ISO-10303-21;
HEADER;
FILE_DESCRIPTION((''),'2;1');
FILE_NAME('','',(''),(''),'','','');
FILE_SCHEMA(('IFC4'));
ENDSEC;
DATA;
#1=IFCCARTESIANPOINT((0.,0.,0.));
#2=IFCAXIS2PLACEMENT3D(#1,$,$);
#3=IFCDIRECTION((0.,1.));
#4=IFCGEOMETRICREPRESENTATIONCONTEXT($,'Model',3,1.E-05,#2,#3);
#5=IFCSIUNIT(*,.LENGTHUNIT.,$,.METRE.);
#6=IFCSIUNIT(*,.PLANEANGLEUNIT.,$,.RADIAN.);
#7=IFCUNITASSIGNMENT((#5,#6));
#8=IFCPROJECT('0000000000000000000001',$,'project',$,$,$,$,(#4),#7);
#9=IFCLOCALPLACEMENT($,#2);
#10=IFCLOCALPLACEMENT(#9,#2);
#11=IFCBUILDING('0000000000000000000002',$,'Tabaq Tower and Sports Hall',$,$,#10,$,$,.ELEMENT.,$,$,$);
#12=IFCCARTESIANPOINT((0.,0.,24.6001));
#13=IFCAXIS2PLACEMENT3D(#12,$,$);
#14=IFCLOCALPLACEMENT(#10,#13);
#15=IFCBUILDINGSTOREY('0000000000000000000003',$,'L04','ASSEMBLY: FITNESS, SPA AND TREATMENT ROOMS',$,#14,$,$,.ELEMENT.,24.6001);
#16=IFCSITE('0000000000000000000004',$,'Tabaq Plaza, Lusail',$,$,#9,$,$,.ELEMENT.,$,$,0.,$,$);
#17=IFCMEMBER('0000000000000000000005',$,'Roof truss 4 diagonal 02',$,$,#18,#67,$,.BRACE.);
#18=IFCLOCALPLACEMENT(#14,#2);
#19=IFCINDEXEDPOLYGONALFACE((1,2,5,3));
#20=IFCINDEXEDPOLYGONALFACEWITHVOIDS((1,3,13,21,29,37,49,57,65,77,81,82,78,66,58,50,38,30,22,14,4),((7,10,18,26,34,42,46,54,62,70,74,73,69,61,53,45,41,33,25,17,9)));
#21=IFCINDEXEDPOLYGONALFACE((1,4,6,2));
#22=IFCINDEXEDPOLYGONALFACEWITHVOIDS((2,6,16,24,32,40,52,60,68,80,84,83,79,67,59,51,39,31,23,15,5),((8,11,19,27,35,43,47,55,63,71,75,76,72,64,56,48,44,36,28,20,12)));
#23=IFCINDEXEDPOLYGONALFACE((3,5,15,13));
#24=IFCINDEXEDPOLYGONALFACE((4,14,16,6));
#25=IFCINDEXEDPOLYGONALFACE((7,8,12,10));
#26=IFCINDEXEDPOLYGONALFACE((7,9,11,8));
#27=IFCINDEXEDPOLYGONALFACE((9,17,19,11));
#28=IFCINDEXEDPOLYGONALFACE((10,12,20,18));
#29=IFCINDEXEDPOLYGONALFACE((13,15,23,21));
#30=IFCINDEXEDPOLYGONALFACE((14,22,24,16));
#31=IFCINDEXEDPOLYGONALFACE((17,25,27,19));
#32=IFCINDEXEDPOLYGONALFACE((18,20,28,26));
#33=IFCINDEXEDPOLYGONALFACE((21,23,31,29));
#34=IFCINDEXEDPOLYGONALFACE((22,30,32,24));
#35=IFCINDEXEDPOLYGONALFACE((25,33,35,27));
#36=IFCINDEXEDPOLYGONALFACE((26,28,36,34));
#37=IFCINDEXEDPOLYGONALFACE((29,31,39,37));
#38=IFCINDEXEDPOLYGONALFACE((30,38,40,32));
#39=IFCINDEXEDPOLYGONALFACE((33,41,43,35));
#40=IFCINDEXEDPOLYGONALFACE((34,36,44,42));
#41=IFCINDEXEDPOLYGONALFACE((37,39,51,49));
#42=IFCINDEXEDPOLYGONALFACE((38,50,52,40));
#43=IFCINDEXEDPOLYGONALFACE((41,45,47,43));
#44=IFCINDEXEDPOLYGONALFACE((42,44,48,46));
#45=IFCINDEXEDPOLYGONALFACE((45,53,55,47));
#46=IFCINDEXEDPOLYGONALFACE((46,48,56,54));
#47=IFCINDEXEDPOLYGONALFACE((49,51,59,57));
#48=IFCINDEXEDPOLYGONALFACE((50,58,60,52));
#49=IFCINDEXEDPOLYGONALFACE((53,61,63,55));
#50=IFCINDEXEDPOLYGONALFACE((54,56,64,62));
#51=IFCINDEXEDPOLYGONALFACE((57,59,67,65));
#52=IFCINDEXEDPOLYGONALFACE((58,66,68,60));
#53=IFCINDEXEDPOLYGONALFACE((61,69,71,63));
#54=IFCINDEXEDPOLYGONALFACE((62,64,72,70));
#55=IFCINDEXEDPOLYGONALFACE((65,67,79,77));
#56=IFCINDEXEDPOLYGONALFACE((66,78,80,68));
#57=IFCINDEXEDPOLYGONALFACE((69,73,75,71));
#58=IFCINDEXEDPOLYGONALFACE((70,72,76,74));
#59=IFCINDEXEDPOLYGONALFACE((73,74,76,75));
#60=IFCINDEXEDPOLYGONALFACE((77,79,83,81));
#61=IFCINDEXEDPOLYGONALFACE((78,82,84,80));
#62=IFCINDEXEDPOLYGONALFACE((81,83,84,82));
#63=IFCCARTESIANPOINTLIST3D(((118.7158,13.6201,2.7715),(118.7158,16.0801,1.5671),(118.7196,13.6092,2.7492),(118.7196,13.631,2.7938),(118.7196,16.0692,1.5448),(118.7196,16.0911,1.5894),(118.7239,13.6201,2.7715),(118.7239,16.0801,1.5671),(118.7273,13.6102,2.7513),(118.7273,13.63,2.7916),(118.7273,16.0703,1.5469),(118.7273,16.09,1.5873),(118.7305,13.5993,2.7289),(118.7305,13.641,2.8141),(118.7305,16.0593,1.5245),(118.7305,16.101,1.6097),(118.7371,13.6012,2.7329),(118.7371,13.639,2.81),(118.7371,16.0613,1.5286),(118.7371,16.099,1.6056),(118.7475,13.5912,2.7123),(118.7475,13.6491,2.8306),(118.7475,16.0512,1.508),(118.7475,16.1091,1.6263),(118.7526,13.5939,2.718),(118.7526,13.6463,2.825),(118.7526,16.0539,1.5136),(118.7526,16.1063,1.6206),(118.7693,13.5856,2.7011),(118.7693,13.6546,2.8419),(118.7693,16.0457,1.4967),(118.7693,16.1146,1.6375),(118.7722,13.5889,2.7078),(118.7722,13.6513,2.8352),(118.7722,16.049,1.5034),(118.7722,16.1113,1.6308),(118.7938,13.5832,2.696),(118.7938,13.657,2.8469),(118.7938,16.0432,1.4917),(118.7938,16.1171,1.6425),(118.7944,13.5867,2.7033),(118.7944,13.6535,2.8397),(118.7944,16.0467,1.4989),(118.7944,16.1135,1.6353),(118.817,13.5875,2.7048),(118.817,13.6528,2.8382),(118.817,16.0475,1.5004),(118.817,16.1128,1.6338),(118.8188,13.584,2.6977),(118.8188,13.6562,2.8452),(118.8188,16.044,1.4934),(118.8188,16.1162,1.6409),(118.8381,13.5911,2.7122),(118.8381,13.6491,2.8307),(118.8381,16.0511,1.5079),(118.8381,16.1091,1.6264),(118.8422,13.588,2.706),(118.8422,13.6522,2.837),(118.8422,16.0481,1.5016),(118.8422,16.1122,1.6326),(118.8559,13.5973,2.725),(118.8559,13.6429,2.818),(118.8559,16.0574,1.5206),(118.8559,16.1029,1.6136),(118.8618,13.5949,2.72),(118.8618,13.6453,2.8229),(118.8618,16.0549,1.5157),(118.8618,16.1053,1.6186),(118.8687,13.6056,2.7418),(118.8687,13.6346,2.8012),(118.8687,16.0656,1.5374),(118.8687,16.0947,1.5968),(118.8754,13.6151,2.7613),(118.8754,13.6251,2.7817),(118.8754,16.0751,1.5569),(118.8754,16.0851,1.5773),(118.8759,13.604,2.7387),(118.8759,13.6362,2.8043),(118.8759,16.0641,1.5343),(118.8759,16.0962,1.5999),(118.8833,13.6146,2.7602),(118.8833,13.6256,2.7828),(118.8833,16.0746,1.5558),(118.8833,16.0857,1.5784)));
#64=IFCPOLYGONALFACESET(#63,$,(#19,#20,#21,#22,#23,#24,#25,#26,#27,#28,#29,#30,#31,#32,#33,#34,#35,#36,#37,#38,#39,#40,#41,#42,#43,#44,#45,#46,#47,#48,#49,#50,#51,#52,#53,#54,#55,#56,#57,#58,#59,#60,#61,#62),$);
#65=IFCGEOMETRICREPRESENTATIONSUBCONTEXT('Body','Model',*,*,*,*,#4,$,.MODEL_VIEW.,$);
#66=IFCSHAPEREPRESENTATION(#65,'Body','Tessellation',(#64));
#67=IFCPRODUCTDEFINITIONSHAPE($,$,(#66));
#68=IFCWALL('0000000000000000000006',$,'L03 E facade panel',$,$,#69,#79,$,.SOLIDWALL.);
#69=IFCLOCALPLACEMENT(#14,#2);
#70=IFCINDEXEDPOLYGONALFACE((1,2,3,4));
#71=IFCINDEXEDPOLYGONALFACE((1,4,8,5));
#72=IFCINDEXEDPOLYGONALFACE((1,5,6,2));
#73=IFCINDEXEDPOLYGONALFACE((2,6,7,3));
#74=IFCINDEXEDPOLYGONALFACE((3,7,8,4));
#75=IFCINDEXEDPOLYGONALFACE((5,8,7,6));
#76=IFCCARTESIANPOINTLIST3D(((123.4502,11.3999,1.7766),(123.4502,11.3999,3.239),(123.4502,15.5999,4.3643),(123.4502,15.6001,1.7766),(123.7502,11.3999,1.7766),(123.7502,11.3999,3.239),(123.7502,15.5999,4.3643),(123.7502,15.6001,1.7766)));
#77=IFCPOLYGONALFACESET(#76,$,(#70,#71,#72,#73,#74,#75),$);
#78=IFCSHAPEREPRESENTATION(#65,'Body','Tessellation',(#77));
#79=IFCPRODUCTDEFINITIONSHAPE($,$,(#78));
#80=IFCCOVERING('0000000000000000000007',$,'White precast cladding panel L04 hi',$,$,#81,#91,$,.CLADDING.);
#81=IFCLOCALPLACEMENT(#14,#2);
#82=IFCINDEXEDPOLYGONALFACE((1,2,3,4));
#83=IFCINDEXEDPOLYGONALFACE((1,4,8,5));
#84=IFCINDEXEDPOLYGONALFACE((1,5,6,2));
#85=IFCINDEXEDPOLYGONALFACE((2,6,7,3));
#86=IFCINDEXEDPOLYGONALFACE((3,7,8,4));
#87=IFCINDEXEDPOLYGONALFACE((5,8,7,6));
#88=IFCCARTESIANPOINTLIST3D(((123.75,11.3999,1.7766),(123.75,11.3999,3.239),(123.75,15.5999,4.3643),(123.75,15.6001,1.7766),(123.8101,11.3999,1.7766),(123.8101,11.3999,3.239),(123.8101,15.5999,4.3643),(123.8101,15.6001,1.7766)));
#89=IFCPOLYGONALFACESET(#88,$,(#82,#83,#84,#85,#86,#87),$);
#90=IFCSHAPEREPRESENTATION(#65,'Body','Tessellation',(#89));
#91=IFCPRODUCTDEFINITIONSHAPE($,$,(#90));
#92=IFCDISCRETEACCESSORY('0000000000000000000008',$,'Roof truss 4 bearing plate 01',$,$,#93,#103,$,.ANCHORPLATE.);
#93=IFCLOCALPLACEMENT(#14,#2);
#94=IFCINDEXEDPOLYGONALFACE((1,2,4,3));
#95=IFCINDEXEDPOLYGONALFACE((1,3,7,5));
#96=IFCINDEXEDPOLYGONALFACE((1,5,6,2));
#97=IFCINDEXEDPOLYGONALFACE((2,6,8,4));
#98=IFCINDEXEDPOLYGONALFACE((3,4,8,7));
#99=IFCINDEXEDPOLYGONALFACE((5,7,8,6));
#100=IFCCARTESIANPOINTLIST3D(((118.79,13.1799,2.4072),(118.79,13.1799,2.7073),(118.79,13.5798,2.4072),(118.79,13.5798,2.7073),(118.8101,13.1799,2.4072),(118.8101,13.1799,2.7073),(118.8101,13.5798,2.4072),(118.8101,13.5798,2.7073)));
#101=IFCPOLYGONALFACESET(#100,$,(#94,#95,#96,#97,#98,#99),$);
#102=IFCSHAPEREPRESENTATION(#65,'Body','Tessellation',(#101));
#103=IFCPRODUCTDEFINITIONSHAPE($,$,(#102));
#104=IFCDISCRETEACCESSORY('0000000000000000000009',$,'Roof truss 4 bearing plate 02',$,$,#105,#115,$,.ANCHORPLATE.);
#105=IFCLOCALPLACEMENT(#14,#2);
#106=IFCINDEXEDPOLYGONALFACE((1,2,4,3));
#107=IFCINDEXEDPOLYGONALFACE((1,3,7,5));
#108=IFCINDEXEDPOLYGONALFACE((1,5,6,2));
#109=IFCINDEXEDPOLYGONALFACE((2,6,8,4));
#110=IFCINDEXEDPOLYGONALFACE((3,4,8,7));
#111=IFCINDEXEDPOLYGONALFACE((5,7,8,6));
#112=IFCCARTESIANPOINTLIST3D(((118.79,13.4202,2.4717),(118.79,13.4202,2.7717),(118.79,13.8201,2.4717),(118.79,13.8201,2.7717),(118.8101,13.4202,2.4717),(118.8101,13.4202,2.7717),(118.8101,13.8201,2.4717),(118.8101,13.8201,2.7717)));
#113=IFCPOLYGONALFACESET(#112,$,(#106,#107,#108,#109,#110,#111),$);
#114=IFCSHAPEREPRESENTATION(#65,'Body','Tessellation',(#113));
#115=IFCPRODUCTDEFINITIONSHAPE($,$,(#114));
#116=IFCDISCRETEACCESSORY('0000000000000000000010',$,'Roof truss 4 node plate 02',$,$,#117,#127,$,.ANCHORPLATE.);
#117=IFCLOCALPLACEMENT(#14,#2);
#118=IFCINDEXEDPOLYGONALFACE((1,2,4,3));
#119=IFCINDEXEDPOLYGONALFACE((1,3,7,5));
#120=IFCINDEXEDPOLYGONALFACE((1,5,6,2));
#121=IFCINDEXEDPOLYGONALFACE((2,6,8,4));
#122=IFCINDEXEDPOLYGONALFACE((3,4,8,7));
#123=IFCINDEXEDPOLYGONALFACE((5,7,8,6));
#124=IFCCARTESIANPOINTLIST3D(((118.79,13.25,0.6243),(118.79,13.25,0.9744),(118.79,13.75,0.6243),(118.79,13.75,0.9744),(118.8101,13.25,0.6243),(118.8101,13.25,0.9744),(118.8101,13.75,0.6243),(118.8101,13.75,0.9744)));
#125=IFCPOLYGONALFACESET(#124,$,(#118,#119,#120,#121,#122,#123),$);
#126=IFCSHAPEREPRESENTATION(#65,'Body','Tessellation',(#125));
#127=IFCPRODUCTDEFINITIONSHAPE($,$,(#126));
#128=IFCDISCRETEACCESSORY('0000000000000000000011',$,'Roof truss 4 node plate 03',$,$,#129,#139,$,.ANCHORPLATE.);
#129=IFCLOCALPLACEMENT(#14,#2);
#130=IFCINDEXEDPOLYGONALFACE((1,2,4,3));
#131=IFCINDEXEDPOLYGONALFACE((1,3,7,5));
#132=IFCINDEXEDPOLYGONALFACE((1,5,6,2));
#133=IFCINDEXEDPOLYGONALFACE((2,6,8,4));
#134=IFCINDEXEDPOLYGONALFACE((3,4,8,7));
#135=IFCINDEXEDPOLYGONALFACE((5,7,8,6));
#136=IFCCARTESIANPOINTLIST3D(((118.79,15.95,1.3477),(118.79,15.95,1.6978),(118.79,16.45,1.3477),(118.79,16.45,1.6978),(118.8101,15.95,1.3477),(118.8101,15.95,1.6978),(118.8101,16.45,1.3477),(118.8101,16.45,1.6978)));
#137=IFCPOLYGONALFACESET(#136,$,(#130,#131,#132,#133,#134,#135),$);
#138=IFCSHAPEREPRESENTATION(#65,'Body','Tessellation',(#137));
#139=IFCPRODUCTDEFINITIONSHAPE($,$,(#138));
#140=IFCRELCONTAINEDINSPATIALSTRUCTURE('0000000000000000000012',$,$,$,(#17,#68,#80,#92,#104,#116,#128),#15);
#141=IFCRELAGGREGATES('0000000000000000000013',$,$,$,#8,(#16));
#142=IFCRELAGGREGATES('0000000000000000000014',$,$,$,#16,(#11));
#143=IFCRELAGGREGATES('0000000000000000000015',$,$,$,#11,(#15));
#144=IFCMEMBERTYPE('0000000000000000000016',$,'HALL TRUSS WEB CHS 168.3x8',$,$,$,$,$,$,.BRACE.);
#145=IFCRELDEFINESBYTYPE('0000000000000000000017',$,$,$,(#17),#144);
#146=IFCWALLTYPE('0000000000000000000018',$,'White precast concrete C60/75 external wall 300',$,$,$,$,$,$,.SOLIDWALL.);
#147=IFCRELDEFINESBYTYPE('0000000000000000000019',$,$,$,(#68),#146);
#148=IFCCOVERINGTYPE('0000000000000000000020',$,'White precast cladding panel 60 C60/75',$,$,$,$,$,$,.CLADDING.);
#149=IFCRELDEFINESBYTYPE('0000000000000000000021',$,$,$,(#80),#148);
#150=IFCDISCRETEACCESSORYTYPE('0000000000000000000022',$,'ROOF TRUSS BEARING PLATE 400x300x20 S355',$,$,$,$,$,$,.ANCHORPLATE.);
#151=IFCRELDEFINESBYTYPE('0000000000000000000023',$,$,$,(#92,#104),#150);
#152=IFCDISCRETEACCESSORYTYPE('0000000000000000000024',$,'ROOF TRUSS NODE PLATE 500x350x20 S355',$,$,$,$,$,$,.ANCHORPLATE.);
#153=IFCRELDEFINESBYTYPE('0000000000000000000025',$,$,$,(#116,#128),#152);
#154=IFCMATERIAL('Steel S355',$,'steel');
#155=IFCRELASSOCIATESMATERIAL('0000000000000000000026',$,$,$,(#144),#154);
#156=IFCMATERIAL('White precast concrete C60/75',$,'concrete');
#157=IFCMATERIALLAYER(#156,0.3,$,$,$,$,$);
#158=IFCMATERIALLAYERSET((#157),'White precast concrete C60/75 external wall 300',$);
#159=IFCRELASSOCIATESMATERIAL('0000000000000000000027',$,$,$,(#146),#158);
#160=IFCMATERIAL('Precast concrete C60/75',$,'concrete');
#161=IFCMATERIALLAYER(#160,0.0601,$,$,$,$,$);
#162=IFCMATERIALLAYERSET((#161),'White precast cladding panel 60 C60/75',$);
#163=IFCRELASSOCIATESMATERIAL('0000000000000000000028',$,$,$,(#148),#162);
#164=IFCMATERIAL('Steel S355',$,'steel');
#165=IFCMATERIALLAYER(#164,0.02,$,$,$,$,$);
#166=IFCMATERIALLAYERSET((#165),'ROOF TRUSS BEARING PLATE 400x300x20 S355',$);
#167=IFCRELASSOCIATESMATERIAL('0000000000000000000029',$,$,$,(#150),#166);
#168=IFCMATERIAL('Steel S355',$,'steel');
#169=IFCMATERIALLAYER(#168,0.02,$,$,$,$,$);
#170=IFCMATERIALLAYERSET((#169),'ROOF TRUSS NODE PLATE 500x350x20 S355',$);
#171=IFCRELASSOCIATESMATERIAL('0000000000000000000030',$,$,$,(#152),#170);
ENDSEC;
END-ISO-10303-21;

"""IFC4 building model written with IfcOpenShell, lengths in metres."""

from ifc_helpers import new_model, si_unit, direction, frame, origin, origin_2d, place, context, subcontext, project, spatial, polyline, rectangle, hollow_circle, outline, extrude, material, layer, layer_set, material_profile, profile_set, type_object, element, save


model = new_model("IFC4")

# Units and contexts
model_context = context("Model", 3, precision=1e-05, world=origin(), true_north=direction((0.0, 1.0)))
body_context = subcontext(model_context, "Body", "Model", "MODEL_VIEW")
ifc_project = project(units=[si_unit("LENGTHUNIT", "METRE"), si_unit("PLANEANGLEUNIT", "RADIAN")], contexts=[model_context])

# Site, building, storey
site_placement = place(None, origin())
site = spatial("IfcSite", under=ifc_project, at=site_placement, Name="Tabaq Plaza, Lusail", CompositionType="ELEMENT", RefElevation=0.0)
building_placement = place(site_placement, origin())
building = spatial("IfcBuilding", under=site, at=building_placement, Name="Tabaq Tower and Sports Hall", CompositionType="ELEMENT")
storey_placement = place(building_placement, frame((0.0, 0.0, 24.6001)))
storey = spatial("IfcBuildingStorey", under=building, at=storey_placement, Name="L04", Description="ASSEMBLY: FITNESS, SPA AND TREATMENT ROOMS", CompositionType="ELEMENT", Elevation=24.6001)

# Member
ifc_material_1 = material(Name="Steel S355", Category="steel")
ifc_material_profile_1 = material_profile(ifc_material_1, hollow_circle(Radius=0.0842, WallThickness=0.0081, at=origin_2d()), Name="CHS 168.3x8")
ifc_profile_set_1 = profile_set([ifc_material_profile_1], Name="Steel S355")
member_type_1 = type_object("IfcMemberType", Name="HALL TRUSS WEB CHS 168.3x8", PredefinedType="BRACE", material=ifc_profile_set_1)
member_1_placement = place(storey_placement, frame((118.8, 13.6201, 2.7715), z_axis=(0.0, 0.89814, -0.43971), x_axis=(-1.0, 0.0, 0.0)))
element("IfcMember", 1, at=member_1_placement, inside=storey, type_object=member_type_1, Name="Roof truss 4 diagonal 02", PredefinedType="BRACE", context=body_context, shape_type="SweptSolid", body=[
    extrude(hollow_circle(Radius=0.0842, WallThickness=0.0081, at=origin_2d()), origin(), (0.0, 0.0, 1.0), 2.739),
])

# Wall
ifc_material_2 = material(Name="White precast concrete C60/75", Category="concrete")
ifc_layer_1 = layer(ifc_material_2, 0.3)
ifc_layer_set_1 = layer_set([ifc_layer_1], Name="White precast concrete C60/75 external wall 300")
wall_type = type_object("IfcWallType", Name="White precast concrete C60/75 external wall 300", PredefinedType="SOLIDWALL", material=ifc_layer_set_1)
wall_placement = place(storey_placement, frame((123.6001, 11.3999, 1.7766), z_axis=(0.0, 0.0, 1.0), x_axis=(0.0, 1.0, 0.0)))
element("IfcWall", 2, at=wall_placement, inside=storey, type_object=wall_type, Name="L03 E facade panel", PredefinedType="SOLIDWALL", context=body_context, shape_type="SweptSolid", body=[
    extrude(outline(polyline([(0.0, 0.0), (4.2002, 0.0), (4.2, 2.5876), (0.0, 1.4624), (0.0, 0.0)])), frame((0.0, 0.1499, 0.0), z_axis=(0.0, -1.0, 0.0), x_axis=(1.0, 0.0, 0.0)), (0.0, 0.0, 1.0), 0.3),
])

# Covering
ifc_material_3 = material(Name="Precast concrete C60/75", Category="concrete")
ifc_layer_2 = layer(ifc_material_3, 0.0601)
ifc_layer_set_2 = layer_set([ifc_layer_2], Name="White precast cladding panel 60 C60/75")
covering_type = type_object("IfcCoveringType", Name="White precast cladding panel 60 C60/75", PredefinedType="CLADDING", material=ifc_layer_set_2)
covering_placement = place(storey_placement, frame((123.78, 11.3999, 1.7766), z_axis=(0.0, 0.0, 1.0), x_axis=(0.0, 1.0, 0.0)))
element("IfcCovering", 3, at=covering_placement, inside=storey, type_object=covering_type, Name="White precast cladding panel L04 hi", PredefinedType="CLADDING", context=body_context, shape_type="SweptSolid", body=[
    extrude(outline(polyline([(0.0, 0.0), (4.2002, 0.0), (4.2, 2.5876), (0.0, 1.4624), (0.0, 0.0)])), frame((0.0, 0.03, 0.0), z_axis=(0.0, -1.0, 0.0), x_axis=(1.0, 0.0, 0.0)), (0.0, 0.0, 1.0), 0.0601),
])

# Discrete accessories
ifc_material_4 = material(Name="Steel S355", Category="steel")
ifc_layer_3 = layer(ifc_material_4, 0.02)
ifc_layer_set_3 = layer_set([ifc_layer_3], Name="ROOF TRUSS BEARING PLATE 400x300x20 S355")
discrete_accessory_type_1 = type_object("IfcDiscreteAccessoryType", Name="ROOF TRUSS BEARING PLATE 400x300x20 S355", PredefinedType="ANCHORPLATE", material=ifc_layer_set_3)
for number, where, z_axis, x_axis, name in (
    (4, (118.8, 13.3799, 2.4072), (0.0, 0.0, 1.0), (1.0, 0.0, 0.0), "Roof truss 4 bearing plate 01"),
    (5, (118.8, 13.6201, 2.4717), (0.0, 0.0, 1.0), (1.0, 0.0, 0.0), "Roof truss 4 bearing plate 02"),
):
    element("IfcDiscreteAccessory", number, at=place(storey_placement, frame(where, z_axis=z_axis, x_axis=x_axis)), inside=storey, type_object=discrete_accessory_type_1, Name=name, PredefinedType="ANCHORPLATE", context=body_context, shape_type="SweptSolid", body=[
        extrude(rectangle(XDim=0.02, YDim=0.3999, at=origin_2d()), origin(), (0.0, 0.0, 1.0), 0.3),
    ])
ifc_material_5 = material(Name="Steel S355", Category="steel")
ifc_layer_4 = layer(ifc_material_5, 0.02)
ifc_layer_set_4 = layer_set([ifc_layer_4], Name="ROOF TRUSS NODE PLATE 500x350x20 S355")
discrete_accessory_type_2 = type_object("IfcDiscreteAccessoryType", Name="ROOF TRUSS NODE PLATE 500x350x20 S355", PredefinedType="ANCHORPLATE", material=ifc_layer_set_4)
for number, where, z_axis, x_axis, name in (
    (6, (118.8, 13.5, 0.6243), (0.0, 0.0, 1.0), (1.0, 0.0, 0.0), "Roof truss 4 node plate 02"),
    (7, (118.8, 16.2, 1.3477), (0.0, 0.0, 1.0), (1.0, 0.0, 0.0), "Roof truss 4 node plate 03"),
):
    element("IfcDiscreteAccessory", number, at=place(storey_placement, frame(where, z_axis=z_axis, x_axis=x_axis)), inside=storey, type_object=discrete_accessory_type_2, Name=name, PredefinedType="ANCHORPLATE", context=body_context, shape_type="SweptSolid", body=[
        extrude(rectangle(XDim=0.02, YDim=0.5, at=origin_2d()), origin(), (0.0, 0.0, 1.0), 0.3501),
    ])

save(model, "model.ifc")
